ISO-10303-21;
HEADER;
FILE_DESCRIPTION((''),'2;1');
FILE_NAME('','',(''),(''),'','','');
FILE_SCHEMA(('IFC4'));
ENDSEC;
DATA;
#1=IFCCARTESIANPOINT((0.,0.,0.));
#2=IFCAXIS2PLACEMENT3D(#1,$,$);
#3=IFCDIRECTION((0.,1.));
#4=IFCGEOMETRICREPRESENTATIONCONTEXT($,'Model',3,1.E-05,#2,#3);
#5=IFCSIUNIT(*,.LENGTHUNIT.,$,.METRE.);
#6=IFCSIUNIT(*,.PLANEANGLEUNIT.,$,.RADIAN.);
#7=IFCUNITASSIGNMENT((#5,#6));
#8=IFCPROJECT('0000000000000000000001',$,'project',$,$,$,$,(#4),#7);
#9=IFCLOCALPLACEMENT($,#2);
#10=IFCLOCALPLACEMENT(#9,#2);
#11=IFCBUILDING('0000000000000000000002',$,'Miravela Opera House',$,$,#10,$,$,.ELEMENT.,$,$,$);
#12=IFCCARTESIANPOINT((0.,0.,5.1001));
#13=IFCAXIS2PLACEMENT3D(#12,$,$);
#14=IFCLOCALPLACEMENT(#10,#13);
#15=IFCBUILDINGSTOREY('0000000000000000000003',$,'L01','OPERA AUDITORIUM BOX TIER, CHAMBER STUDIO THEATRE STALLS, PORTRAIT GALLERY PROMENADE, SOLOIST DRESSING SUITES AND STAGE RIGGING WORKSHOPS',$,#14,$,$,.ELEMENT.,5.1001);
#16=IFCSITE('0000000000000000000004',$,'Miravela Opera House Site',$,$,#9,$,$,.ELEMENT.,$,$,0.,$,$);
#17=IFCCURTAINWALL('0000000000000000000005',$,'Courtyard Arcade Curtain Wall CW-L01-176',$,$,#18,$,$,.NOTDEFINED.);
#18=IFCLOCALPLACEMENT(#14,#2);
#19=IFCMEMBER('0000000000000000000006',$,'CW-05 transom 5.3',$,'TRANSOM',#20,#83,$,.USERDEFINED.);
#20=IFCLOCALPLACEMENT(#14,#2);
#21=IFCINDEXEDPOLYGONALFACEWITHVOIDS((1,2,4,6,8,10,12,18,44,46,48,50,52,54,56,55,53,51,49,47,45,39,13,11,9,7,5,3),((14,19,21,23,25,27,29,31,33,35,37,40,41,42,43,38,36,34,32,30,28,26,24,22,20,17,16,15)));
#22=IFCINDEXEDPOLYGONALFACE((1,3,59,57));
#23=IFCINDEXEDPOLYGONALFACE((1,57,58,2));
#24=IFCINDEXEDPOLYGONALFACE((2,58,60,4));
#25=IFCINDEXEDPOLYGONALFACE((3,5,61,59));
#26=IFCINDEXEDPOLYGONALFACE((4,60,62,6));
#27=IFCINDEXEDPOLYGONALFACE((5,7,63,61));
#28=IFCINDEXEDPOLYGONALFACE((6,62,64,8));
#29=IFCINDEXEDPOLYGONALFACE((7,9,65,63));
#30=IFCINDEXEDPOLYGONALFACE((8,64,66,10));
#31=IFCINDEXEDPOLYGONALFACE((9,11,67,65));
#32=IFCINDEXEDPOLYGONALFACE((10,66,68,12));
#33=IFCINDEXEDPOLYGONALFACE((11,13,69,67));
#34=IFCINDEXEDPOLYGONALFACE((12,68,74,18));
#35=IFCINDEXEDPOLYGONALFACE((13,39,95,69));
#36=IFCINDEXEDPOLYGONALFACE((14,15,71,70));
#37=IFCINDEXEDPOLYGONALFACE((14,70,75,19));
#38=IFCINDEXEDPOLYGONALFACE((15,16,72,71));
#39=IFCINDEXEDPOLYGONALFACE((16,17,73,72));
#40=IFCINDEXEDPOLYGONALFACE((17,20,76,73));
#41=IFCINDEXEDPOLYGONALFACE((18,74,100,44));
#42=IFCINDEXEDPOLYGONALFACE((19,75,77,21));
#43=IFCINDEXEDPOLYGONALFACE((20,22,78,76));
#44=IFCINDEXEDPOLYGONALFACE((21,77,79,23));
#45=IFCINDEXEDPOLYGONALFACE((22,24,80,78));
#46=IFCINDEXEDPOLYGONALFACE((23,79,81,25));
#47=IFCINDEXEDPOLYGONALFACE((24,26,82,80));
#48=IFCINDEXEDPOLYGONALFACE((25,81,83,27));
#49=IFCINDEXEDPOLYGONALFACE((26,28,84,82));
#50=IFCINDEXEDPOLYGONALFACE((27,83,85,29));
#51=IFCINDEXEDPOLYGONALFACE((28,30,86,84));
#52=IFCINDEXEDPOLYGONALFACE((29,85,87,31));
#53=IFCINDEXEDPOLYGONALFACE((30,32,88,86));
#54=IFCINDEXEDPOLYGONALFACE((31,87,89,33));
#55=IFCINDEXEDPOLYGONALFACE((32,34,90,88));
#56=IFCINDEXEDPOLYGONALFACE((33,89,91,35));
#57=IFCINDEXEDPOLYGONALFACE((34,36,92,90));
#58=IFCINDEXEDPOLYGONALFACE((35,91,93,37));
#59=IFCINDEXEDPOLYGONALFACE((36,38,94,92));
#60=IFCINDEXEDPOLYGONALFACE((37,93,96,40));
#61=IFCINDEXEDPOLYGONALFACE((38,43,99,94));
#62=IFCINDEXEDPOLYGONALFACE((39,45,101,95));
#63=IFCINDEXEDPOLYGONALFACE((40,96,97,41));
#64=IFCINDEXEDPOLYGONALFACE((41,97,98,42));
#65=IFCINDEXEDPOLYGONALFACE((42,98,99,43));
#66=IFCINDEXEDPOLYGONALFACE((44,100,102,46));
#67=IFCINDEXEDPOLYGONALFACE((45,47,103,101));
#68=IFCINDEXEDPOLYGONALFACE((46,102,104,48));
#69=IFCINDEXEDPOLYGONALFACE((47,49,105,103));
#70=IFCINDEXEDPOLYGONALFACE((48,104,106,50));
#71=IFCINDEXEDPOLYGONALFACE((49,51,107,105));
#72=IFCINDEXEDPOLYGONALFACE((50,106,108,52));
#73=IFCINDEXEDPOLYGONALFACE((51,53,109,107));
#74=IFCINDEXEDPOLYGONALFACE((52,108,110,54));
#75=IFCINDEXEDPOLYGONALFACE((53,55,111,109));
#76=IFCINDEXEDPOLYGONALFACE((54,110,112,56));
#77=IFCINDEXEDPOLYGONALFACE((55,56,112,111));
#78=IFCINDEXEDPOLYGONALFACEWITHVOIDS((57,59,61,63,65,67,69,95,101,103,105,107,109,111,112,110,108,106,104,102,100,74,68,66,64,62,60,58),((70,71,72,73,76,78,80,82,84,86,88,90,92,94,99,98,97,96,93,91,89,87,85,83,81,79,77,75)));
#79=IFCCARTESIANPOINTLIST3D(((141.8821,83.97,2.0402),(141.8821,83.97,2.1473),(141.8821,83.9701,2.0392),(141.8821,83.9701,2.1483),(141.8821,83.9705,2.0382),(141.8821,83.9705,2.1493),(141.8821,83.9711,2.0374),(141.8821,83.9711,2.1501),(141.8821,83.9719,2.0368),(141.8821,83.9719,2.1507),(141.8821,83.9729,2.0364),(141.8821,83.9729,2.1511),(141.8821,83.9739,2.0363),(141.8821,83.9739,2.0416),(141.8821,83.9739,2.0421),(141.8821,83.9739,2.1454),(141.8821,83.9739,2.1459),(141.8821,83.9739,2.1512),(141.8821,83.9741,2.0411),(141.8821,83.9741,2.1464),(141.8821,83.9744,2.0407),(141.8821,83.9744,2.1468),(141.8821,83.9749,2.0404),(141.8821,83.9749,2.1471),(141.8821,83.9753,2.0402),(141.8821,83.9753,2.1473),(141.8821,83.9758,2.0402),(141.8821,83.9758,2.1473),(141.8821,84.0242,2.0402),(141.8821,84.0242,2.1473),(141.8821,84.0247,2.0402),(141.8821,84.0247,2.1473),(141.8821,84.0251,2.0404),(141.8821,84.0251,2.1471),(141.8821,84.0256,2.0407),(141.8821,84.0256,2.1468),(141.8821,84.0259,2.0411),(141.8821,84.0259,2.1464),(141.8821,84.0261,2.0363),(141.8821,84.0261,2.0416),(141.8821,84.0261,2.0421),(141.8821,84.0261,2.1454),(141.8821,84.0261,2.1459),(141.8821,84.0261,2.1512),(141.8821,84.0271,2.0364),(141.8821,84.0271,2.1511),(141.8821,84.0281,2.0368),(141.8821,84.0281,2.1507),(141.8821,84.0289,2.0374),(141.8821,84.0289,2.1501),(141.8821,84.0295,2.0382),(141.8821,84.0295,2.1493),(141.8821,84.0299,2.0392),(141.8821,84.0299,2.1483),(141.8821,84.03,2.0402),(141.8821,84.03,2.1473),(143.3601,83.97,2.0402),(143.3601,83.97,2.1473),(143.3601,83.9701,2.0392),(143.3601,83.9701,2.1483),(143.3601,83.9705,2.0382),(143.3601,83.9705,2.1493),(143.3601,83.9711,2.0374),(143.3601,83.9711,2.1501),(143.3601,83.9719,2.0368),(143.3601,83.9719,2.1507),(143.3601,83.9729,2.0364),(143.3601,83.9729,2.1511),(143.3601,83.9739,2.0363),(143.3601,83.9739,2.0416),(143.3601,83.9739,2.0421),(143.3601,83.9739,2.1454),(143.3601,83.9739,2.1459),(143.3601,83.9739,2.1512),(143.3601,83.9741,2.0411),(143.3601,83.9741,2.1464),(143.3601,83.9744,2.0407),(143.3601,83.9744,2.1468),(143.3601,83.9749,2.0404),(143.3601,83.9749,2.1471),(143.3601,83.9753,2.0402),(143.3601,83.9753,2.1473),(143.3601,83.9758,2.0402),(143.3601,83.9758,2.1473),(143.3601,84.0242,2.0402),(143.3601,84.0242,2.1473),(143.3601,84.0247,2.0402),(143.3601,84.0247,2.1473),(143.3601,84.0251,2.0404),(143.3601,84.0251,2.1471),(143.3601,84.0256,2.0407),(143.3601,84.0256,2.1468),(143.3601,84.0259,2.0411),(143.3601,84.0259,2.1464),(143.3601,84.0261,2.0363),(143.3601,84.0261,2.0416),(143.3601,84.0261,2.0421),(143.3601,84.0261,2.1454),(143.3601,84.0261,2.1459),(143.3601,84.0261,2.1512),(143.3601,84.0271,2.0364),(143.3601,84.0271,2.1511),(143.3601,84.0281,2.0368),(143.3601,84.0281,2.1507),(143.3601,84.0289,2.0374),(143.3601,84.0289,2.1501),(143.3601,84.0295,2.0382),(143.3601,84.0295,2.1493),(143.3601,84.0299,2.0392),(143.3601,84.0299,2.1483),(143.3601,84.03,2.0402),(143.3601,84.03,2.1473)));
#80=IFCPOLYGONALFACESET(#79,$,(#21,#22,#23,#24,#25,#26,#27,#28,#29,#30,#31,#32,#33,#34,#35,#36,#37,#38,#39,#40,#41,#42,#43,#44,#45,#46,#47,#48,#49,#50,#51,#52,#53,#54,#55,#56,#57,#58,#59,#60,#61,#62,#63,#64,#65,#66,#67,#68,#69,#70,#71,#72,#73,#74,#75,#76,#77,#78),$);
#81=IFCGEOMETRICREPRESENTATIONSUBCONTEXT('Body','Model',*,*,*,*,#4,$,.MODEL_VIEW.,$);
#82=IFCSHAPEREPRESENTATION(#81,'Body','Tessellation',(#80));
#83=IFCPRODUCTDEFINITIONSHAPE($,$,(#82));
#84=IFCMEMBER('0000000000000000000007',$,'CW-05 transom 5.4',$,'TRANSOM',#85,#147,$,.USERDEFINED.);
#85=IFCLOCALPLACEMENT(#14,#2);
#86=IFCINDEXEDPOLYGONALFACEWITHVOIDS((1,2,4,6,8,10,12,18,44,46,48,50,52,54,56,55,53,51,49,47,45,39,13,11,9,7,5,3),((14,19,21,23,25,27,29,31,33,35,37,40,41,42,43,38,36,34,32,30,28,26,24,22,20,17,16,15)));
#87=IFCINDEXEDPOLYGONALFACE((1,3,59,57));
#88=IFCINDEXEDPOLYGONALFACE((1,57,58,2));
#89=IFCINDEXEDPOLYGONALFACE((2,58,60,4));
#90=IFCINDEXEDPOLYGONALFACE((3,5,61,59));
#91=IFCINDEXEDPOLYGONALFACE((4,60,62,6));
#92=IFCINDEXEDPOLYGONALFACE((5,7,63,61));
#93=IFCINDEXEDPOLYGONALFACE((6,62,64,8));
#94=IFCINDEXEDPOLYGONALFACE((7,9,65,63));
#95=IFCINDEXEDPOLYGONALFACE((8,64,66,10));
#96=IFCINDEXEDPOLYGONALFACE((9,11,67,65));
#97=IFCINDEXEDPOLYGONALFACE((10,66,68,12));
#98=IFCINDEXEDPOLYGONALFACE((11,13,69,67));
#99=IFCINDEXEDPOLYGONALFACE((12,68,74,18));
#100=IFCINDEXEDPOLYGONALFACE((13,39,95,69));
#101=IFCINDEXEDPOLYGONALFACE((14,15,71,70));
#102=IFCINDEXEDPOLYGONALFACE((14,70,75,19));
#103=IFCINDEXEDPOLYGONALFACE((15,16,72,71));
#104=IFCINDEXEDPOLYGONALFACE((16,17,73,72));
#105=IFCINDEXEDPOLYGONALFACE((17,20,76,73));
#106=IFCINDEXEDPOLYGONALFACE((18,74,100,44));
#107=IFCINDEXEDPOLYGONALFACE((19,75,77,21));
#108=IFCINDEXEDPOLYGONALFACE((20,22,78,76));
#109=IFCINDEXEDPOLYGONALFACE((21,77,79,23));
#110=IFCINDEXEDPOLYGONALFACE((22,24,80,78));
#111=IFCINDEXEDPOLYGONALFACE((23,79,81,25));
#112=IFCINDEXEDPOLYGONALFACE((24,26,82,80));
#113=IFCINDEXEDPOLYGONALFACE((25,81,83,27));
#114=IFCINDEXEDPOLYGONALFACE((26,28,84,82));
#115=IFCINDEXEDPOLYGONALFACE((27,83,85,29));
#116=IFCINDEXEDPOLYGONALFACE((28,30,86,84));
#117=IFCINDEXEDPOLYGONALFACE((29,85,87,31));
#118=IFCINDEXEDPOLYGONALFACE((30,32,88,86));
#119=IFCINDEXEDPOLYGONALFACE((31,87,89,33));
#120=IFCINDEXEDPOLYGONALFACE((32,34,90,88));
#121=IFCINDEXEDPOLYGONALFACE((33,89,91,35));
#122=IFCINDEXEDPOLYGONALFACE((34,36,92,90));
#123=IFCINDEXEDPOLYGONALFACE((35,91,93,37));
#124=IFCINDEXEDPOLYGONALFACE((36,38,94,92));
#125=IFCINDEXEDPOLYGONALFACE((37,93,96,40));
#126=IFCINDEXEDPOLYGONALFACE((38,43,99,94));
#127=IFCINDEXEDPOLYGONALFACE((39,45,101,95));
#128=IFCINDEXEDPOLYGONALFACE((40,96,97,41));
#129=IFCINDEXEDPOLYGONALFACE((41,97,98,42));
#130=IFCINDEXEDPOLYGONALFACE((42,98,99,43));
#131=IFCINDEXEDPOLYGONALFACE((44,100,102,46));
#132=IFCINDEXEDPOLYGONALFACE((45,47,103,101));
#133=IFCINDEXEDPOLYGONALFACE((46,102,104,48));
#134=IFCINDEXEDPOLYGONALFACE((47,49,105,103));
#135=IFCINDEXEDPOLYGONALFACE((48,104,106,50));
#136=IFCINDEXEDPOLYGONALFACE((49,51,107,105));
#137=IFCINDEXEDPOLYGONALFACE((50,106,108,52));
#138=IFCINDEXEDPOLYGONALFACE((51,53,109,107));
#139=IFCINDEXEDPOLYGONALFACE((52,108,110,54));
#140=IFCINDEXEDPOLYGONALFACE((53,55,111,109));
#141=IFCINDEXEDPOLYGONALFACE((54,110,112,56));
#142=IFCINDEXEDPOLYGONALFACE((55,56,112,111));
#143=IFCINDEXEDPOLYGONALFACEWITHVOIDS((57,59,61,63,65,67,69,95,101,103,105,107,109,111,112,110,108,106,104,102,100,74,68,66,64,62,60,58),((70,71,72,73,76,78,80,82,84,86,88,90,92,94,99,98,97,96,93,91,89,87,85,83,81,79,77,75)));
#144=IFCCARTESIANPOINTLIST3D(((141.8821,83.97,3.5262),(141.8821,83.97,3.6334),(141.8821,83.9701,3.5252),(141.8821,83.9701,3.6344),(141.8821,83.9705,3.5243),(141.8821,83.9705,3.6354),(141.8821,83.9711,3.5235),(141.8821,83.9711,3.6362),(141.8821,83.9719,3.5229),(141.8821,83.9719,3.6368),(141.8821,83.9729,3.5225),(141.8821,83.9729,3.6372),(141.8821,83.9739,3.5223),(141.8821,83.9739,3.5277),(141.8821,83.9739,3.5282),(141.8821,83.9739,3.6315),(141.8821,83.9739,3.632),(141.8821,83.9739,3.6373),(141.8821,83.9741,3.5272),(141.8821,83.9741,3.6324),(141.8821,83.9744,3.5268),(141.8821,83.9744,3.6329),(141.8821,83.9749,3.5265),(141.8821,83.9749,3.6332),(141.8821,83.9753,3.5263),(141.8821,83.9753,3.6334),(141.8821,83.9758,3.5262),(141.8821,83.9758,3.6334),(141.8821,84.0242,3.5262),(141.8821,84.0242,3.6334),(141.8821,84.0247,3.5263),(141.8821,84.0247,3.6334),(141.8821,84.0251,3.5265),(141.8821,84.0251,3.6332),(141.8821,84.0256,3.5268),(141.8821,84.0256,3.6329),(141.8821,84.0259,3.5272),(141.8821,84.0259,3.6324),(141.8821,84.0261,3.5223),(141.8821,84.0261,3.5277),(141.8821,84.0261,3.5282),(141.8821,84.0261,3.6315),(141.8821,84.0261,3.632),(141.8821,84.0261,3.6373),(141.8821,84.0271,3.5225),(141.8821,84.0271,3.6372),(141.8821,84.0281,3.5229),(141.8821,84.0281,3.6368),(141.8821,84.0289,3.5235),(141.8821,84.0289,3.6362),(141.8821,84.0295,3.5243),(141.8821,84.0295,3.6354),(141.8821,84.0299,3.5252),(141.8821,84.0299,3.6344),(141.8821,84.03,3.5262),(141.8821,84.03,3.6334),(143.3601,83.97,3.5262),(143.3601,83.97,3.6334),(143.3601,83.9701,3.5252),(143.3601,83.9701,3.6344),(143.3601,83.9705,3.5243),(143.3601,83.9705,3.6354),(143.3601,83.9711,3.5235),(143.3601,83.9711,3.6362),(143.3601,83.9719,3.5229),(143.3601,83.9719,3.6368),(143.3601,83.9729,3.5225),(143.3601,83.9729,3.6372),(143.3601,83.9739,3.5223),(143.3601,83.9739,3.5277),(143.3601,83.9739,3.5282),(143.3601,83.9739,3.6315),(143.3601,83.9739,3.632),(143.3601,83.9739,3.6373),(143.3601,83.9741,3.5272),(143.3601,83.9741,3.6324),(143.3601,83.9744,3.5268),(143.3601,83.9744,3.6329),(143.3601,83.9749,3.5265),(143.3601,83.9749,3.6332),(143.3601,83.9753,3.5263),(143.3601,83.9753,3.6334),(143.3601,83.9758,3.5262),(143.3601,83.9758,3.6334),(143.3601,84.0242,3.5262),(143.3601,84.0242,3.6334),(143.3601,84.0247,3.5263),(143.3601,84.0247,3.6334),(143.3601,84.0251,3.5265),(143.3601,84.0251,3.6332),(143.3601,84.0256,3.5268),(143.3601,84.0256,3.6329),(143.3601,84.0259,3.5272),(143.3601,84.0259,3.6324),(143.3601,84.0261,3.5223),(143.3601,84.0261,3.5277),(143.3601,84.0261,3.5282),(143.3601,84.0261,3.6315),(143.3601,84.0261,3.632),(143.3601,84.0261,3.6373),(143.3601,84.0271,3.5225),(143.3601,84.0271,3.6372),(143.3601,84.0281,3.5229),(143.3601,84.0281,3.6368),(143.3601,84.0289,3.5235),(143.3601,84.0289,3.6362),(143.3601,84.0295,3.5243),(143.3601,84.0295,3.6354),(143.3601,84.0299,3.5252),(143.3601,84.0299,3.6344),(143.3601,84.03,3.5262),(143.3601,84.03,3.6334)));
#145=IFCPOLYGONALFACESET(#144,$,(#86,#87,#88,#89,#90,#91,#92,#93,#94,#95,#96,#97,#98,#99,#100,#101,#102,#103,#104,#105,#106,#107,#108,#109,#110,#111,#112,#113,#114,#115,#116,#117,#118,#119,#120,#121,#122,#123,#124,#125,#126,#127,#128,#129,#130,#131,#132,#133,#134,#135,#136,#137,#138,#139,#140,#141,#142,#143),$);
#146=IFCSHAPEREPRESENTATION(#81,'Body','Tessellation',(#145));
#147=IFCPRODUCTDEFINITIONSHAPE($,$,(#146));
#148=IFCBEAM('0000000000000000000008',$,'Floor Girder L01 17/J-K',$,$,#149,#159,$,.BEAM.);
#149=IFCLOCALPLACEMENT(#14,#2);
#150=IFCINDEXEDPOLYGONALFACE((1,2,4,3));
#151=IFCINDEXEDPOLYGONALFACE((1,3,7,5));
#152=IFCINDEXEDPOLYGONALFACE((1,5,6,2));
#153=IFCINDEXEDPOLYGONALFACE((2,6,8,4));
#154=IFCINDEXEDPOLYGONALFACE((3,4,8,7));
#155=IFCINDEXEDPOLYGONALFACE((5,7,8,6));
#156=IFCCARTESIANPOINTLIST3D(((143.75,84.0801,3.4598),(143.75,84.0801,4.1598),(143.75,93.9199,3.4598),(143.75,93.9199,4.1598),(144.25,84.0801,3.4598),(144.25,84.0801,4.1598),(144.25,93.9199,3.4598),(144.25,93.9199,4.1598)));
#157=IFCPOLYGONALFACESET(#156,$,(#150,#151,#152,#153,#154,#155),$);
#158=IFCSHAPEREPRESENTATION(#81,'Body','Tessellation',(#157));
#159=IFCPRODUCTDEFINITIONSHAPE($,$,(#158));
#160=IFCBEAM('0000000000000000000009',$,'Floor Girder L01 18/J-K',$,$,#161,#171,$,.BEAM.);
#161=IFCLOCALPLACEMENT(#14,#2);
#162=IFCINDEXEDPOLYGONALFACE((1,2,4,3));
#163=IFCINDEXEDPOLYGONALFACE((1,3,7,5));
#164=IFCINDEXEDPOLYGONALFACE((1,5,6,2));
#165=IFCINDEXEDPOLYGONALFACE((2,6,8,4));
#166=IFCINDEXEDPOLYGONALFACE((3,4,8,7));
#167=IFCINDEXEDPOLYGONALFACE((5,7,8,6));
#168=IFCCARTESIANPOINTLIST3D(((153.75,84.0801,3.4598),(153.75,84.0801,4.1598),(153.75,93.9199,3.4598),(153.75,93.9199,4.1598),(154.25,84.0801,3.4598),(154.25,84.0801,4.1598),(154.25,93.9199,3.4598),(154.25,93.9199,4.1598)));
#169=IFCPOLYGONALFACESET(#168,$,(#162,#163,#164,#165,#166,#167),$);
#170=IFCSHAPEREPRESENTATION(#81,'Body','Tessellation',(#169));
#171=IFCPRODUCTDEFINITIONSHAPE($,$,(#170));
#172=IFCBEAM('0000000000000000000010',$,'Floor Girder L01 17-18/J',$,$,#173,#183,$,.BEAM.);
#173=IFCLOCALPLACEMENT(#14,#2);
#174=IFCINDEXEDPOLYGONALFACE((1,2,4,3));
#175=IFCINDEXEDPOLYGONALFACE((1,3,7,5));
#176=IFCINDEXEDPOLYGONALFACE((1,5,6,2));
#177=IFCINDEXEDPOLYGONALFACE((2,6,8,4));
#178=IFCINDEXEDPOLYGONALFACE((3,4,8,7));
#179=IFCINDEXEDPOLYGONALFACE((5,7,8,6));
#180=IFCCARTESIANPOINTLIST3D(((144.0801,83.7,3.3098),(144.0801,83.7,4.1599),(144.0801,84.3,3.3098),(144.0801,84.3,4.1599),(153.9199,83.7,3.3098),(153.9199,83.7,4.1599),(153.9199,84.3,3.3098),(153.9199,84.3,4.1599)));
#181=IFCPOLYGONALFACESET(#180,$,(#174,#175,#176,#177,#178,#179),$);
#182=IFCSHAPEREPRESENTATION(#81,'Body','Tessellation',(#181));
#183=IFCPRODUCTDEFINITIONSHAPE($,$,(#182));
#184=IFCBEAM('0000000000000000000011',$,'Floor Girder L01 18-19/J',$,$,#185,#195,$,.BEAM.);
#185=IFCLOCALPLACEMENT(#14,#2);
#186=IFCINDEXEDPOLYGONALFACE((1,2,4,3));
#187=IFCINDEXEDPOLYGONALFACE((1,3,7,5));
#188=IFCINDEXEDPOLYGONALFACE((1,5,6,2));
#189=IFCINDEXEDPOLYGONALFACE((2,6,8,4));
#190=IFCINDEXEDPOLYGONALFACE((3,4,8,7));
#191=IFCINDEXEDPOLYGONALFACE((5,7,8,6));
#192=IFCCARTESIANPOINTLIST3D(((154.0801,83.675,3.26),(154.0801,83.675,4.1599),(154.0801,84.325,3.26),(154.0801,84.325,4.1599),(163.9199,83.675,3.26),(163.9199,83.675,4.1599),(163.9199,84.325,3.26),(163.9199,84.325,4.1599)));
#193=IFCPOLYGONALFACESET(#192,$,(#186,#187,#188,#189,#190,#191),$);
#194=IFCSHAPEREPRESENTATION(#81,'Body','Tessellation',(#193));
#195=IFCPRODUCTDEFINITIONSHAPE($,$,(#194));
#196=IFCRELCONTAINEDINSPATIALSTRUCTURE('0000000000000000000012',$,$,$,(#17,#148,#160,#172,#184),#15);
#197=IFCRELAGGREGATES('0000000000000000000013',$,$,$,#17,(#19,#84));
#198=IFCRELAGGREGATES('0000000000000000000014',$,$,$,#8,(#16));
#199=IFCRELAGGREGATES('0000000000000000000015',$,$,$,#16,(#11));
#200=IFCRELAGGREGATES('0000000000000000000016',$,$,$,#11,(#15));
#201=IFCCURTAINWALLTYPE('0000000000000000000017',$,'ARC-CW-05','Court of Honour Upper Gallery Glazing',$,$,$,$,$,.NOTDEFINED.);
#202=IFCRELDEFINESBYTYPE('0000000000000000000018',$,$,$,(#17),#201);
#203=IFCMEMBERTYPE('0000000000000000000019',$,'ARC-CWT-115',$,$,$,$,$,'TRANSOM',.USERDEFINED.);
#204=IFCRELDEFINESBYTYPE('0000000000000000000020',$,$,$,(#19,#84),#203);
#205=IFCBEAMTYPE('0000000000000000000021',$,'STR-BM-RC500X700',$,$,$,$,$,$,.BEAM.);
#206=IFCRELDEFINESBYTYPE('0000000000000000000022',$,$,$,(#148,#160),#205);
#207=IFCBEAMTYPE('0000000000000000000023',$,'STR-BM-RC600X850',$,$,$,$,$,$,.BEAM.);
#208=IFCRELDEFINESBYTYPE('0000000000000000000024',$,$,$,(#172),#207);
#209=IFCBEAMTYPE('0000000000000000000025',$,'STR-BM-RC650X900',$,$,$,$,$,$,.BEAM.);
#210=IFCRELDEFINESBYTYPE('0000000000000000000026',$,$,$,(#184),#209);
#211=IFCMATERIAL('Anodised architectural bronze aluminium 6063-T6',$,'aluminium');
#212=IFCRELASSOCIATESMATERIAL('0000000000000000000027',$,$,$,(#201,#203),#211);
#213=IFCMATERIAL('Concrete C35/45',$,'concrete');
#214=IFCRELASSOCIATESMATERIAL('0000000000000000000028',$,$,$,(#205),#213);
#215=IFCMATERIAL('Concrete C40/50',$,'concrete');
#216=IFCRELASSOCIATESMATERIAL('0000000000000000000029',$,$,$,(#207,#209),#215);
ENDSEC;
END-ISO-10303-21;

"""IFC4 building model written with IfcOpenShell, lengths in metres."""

from ifc_helpers import new_model, si_unit, direction, frame, origin, origin_2d, place, context, subcontext, project, spatial, rectangle, hollow_rectangle, extrude, material, material_profile, profile_set, type_object, element, aggregate, save


model = new_model("IFC4")

# Units and contexts
model_context = context("Model", 3, precision=1e-05, world=origin(), true_north=direction((0.0, 1.0)))
body_context = subcontext(model_context, "Body", "Model", "MODEL_VIEW")
ifc_project = project(units=[si_unit("LENGTHUNIT", "METRE"), si_unit("PLANEANGLEUNIT", "RADIAN")], contexts=[model_context])

# Site, building, storey
site_placement = place(None, origin())
site = spatial("IfcSite", under=ifc_project, at=site_placement, Name="Miravela Opera House Site", CompositionType="ELEMENT", RefElevation=0.0)
building_placement = place(site_placement, origin())
building = spatial("IfcBuilding", under=site, at=building_placement, Name="Miravela Opera House", CompositionType="ELEMENT")
storey_placement = place(building_placement, frame((0.0, 0.0, 5.1001)))
storey = spatial("IfcBuildingStorey", under=building, at=storey_placement, Name="L01", Description="OPERA AUDITORIUM BOX TIER, CHAMBER STUDIO THEATRE STALLS, PORTRAIT GALLERY PROMENADE, SOLOIST DRESSING SUITES AND STAGE RIGGING WORKSHOPS", CompositionType="ELEMENT", Elevation=5.1001)

# Shared definitions
ifc_material_1 = material(Name="Concrete C35/45", Category="concrete")

# Curtain wall, members
ifc_material_2 = material(Name="Anodised architectural bronze aluminium 6063-T6", Category="aluminium")
curtain_wall_type = type_object("IfcCurtainWallType", Name="ARC-CW-05", Description="Court of Honour Upper Gallery Glazing", PredefinedType="NOTDEFINED", material=ifc_material_2)
curtain_wall_placement = place(storey_placement, origin())
curtain_wall = element("IfcCurtainWall", 1, at=curtain_wall_placement, inside=storey, type_object=curtain_wall_type, Name="Courtyard Arcade Curtain Wall CW-L01-176", PredefinedType="NOTDEFINED")
ifc_material_profile_1 = material_profile(ifc_material_2, hollow_rectangle(XDim=0.0601, YDim=0.115, WallThickness=0.0039, InnerFilletRadius=0.002, OuterFilletRadius=0.0039, at=origin_2d()), Name="CWT-60X115")
ifc_profile_set_1 = profile_set([ifc_material_profile_1])
member_type_1 = type_object("IfcMemberType", Name="ARC-CWT-115", ElementType="TRANSOM", PredefinedType="USERDEFINED", material=ifc_profile_set_1)
member_1_placement = place(storey_placement, frame((141.8821, 84.0, 2.0938), z_axis=(1.0, 0.0, 0.0), x_axis=(0.0, 1.0, 0.0)))
member_1 = element("IfcMember", 2, at=member_1_placement, type_object=member_type_1, Name="CW-05 transom 5.3", ObjectType="TRANSOM", PredefinedType="USERDEFINED", context=body_context, shape_type="SweptSolid", body=[
    extrude(hollow_rectangle(XDim=0.0601, YDim=0.115, WallThickness=0.0039, InnerFilletRadius=0.002, OuterFilletRadius=0.0039, at=origin_2d()), origin(), (0.0, 0.0, 1.0), 1.478),
])
member_2_placement = place(storey_placement, frame((141.8821, 84.0, 3.5798), z_axis=(1.0, 0.0, 0.0), x_axis=(0.0, 1.0, 0.0)))
member_2 = element("IfcMember", 3, at=member_2_placement, type_object=member_type_1, Name="CW-05 transom 5.4", ObjectType="TRANSOM", PredefinedType="USERDEFINED", context=body_context, shape_type="SweptSolid", body=[
    extrude(hollow_rectangle(XDim=0.0601, YDim=0.115, WallThickness=0.0039, InnerFilletRadius=0.002, OuterFilletRadius=0.0039, at=origin_2d()), origin(), (0.0, 0.0, 1.0), 1.478),
])

# Beams
ifc_material_profile_2 = material_profile(ifc_material_1, rectangle(XDim=0.5, YDim=0.7, at=origin_2d()), Name="RC-BM-500X700")
ifc_profile_set_2 = profile_set([ifc_material_profile_2])
beam_type_1 = type_object("IfcBeamType", Name="STR-BM-RC500X700", PredefinedType="BEAM", material=ifc_profile_set_2)
for number, where, z_axis, x_axis, name in (
    (4, (144.0, 84.0801, 3.8098), (0.0, 1.0, 0.0), (-1.0, 0.0, 0.0), "Floor Girder L01 17/J-K"),
    (5, (154.0, 84.0801, 3.8098), (0.0, 1.0, 0.0), (-1.0, 0.0, 0.0), "Floor Girder L01 18/J-K"),
):
    element("IfcBeam", number, at=place(storey_placement, frame(where, z_axis=z_axis, x_axis=x_axis)), inside=storey, type_object=beam_type_1, Name=name, PredefinedType="BEAM", context=body_context, shape_type="SweptSolid", body=[
        extrude(rectangle(XDim=0.5, YDim=0.7, at=origin_2d()), origin(), (0.0, 0.0, 1.0), 9.8398),
    ])
ifc_material_3 = material(Name="Concrete C40/50", Category="concrete")
ifc_material_profile_3 = material_profile(ifc_material_3, rectangle(XDim=0.6001, YDim=0.8501, at=origin_2d()), Name="RC-BM-600X850")
ifc_profile_set_3 = profile_set([ifc_material_profile_3])
beam_type_2 = type_object("IfcBeamType", Name="STR-BM-RC600X850", PredefinedType="BEAM", material=ifc_profile_set_3)
beam_1_placement = place(storey_placement, frame((144.0801, 84.0, 3.7349), z_axis=(1.0, 0.0, 0.0), x_axis=(0.0, 1.0, 0.0)))
element("IfcBeam", 6, at=beam_1_placement, inside=storey, type_object=beam_type_2, Name="Floor Girder L01 17-18/J", PredefinedType="BEAM", context=body_context, shape_type="SweptSolid", body=[
    extrude(rectangle(XDim=0.6001, YDim=0.8501, at=origin_2d()), origin(), (0.0, 0.0, 1.0), 9.8398),
])
ifc_material_profile_4 = material_profile(ifc_material_3, rectangle(XDim=0.6499, YDim=0.8999, at=origin_2d()), Name="RC-BM-650X900")
ifc_profile_set_4 = profile_set([ifc_material_profile_4])
beam_type_3 = type_object("IfcBeamType", Name="STR-BM-RC650X900", PredefinedType="BEAM", material=ifc_profile_set_4)
beam_2_placement = place(storey_placement, frame((154.0801, 84.0, 3.71), z_axis=(1.0, 0.0, 0.0), x_axis=(0.0, 1.0, 0.0)))
element("IfcBeam", 7, at=beam_2_placement, inside=storey, type_object=beam_type_3, Name="Floor Girder L01 18-19/J", PredefinedType="BEAM", context=body_context, shape_type="SweptSolid", body=[
    extrude(rectangle(XDim=0.6499, YDim=0.8999, at=origin_2d()), origin(), (0.0, 0.0, 1.0), 9.8398),
])

aggregate(curtain_wall, [member_1, member_2])

save(model, "model.ifc")
